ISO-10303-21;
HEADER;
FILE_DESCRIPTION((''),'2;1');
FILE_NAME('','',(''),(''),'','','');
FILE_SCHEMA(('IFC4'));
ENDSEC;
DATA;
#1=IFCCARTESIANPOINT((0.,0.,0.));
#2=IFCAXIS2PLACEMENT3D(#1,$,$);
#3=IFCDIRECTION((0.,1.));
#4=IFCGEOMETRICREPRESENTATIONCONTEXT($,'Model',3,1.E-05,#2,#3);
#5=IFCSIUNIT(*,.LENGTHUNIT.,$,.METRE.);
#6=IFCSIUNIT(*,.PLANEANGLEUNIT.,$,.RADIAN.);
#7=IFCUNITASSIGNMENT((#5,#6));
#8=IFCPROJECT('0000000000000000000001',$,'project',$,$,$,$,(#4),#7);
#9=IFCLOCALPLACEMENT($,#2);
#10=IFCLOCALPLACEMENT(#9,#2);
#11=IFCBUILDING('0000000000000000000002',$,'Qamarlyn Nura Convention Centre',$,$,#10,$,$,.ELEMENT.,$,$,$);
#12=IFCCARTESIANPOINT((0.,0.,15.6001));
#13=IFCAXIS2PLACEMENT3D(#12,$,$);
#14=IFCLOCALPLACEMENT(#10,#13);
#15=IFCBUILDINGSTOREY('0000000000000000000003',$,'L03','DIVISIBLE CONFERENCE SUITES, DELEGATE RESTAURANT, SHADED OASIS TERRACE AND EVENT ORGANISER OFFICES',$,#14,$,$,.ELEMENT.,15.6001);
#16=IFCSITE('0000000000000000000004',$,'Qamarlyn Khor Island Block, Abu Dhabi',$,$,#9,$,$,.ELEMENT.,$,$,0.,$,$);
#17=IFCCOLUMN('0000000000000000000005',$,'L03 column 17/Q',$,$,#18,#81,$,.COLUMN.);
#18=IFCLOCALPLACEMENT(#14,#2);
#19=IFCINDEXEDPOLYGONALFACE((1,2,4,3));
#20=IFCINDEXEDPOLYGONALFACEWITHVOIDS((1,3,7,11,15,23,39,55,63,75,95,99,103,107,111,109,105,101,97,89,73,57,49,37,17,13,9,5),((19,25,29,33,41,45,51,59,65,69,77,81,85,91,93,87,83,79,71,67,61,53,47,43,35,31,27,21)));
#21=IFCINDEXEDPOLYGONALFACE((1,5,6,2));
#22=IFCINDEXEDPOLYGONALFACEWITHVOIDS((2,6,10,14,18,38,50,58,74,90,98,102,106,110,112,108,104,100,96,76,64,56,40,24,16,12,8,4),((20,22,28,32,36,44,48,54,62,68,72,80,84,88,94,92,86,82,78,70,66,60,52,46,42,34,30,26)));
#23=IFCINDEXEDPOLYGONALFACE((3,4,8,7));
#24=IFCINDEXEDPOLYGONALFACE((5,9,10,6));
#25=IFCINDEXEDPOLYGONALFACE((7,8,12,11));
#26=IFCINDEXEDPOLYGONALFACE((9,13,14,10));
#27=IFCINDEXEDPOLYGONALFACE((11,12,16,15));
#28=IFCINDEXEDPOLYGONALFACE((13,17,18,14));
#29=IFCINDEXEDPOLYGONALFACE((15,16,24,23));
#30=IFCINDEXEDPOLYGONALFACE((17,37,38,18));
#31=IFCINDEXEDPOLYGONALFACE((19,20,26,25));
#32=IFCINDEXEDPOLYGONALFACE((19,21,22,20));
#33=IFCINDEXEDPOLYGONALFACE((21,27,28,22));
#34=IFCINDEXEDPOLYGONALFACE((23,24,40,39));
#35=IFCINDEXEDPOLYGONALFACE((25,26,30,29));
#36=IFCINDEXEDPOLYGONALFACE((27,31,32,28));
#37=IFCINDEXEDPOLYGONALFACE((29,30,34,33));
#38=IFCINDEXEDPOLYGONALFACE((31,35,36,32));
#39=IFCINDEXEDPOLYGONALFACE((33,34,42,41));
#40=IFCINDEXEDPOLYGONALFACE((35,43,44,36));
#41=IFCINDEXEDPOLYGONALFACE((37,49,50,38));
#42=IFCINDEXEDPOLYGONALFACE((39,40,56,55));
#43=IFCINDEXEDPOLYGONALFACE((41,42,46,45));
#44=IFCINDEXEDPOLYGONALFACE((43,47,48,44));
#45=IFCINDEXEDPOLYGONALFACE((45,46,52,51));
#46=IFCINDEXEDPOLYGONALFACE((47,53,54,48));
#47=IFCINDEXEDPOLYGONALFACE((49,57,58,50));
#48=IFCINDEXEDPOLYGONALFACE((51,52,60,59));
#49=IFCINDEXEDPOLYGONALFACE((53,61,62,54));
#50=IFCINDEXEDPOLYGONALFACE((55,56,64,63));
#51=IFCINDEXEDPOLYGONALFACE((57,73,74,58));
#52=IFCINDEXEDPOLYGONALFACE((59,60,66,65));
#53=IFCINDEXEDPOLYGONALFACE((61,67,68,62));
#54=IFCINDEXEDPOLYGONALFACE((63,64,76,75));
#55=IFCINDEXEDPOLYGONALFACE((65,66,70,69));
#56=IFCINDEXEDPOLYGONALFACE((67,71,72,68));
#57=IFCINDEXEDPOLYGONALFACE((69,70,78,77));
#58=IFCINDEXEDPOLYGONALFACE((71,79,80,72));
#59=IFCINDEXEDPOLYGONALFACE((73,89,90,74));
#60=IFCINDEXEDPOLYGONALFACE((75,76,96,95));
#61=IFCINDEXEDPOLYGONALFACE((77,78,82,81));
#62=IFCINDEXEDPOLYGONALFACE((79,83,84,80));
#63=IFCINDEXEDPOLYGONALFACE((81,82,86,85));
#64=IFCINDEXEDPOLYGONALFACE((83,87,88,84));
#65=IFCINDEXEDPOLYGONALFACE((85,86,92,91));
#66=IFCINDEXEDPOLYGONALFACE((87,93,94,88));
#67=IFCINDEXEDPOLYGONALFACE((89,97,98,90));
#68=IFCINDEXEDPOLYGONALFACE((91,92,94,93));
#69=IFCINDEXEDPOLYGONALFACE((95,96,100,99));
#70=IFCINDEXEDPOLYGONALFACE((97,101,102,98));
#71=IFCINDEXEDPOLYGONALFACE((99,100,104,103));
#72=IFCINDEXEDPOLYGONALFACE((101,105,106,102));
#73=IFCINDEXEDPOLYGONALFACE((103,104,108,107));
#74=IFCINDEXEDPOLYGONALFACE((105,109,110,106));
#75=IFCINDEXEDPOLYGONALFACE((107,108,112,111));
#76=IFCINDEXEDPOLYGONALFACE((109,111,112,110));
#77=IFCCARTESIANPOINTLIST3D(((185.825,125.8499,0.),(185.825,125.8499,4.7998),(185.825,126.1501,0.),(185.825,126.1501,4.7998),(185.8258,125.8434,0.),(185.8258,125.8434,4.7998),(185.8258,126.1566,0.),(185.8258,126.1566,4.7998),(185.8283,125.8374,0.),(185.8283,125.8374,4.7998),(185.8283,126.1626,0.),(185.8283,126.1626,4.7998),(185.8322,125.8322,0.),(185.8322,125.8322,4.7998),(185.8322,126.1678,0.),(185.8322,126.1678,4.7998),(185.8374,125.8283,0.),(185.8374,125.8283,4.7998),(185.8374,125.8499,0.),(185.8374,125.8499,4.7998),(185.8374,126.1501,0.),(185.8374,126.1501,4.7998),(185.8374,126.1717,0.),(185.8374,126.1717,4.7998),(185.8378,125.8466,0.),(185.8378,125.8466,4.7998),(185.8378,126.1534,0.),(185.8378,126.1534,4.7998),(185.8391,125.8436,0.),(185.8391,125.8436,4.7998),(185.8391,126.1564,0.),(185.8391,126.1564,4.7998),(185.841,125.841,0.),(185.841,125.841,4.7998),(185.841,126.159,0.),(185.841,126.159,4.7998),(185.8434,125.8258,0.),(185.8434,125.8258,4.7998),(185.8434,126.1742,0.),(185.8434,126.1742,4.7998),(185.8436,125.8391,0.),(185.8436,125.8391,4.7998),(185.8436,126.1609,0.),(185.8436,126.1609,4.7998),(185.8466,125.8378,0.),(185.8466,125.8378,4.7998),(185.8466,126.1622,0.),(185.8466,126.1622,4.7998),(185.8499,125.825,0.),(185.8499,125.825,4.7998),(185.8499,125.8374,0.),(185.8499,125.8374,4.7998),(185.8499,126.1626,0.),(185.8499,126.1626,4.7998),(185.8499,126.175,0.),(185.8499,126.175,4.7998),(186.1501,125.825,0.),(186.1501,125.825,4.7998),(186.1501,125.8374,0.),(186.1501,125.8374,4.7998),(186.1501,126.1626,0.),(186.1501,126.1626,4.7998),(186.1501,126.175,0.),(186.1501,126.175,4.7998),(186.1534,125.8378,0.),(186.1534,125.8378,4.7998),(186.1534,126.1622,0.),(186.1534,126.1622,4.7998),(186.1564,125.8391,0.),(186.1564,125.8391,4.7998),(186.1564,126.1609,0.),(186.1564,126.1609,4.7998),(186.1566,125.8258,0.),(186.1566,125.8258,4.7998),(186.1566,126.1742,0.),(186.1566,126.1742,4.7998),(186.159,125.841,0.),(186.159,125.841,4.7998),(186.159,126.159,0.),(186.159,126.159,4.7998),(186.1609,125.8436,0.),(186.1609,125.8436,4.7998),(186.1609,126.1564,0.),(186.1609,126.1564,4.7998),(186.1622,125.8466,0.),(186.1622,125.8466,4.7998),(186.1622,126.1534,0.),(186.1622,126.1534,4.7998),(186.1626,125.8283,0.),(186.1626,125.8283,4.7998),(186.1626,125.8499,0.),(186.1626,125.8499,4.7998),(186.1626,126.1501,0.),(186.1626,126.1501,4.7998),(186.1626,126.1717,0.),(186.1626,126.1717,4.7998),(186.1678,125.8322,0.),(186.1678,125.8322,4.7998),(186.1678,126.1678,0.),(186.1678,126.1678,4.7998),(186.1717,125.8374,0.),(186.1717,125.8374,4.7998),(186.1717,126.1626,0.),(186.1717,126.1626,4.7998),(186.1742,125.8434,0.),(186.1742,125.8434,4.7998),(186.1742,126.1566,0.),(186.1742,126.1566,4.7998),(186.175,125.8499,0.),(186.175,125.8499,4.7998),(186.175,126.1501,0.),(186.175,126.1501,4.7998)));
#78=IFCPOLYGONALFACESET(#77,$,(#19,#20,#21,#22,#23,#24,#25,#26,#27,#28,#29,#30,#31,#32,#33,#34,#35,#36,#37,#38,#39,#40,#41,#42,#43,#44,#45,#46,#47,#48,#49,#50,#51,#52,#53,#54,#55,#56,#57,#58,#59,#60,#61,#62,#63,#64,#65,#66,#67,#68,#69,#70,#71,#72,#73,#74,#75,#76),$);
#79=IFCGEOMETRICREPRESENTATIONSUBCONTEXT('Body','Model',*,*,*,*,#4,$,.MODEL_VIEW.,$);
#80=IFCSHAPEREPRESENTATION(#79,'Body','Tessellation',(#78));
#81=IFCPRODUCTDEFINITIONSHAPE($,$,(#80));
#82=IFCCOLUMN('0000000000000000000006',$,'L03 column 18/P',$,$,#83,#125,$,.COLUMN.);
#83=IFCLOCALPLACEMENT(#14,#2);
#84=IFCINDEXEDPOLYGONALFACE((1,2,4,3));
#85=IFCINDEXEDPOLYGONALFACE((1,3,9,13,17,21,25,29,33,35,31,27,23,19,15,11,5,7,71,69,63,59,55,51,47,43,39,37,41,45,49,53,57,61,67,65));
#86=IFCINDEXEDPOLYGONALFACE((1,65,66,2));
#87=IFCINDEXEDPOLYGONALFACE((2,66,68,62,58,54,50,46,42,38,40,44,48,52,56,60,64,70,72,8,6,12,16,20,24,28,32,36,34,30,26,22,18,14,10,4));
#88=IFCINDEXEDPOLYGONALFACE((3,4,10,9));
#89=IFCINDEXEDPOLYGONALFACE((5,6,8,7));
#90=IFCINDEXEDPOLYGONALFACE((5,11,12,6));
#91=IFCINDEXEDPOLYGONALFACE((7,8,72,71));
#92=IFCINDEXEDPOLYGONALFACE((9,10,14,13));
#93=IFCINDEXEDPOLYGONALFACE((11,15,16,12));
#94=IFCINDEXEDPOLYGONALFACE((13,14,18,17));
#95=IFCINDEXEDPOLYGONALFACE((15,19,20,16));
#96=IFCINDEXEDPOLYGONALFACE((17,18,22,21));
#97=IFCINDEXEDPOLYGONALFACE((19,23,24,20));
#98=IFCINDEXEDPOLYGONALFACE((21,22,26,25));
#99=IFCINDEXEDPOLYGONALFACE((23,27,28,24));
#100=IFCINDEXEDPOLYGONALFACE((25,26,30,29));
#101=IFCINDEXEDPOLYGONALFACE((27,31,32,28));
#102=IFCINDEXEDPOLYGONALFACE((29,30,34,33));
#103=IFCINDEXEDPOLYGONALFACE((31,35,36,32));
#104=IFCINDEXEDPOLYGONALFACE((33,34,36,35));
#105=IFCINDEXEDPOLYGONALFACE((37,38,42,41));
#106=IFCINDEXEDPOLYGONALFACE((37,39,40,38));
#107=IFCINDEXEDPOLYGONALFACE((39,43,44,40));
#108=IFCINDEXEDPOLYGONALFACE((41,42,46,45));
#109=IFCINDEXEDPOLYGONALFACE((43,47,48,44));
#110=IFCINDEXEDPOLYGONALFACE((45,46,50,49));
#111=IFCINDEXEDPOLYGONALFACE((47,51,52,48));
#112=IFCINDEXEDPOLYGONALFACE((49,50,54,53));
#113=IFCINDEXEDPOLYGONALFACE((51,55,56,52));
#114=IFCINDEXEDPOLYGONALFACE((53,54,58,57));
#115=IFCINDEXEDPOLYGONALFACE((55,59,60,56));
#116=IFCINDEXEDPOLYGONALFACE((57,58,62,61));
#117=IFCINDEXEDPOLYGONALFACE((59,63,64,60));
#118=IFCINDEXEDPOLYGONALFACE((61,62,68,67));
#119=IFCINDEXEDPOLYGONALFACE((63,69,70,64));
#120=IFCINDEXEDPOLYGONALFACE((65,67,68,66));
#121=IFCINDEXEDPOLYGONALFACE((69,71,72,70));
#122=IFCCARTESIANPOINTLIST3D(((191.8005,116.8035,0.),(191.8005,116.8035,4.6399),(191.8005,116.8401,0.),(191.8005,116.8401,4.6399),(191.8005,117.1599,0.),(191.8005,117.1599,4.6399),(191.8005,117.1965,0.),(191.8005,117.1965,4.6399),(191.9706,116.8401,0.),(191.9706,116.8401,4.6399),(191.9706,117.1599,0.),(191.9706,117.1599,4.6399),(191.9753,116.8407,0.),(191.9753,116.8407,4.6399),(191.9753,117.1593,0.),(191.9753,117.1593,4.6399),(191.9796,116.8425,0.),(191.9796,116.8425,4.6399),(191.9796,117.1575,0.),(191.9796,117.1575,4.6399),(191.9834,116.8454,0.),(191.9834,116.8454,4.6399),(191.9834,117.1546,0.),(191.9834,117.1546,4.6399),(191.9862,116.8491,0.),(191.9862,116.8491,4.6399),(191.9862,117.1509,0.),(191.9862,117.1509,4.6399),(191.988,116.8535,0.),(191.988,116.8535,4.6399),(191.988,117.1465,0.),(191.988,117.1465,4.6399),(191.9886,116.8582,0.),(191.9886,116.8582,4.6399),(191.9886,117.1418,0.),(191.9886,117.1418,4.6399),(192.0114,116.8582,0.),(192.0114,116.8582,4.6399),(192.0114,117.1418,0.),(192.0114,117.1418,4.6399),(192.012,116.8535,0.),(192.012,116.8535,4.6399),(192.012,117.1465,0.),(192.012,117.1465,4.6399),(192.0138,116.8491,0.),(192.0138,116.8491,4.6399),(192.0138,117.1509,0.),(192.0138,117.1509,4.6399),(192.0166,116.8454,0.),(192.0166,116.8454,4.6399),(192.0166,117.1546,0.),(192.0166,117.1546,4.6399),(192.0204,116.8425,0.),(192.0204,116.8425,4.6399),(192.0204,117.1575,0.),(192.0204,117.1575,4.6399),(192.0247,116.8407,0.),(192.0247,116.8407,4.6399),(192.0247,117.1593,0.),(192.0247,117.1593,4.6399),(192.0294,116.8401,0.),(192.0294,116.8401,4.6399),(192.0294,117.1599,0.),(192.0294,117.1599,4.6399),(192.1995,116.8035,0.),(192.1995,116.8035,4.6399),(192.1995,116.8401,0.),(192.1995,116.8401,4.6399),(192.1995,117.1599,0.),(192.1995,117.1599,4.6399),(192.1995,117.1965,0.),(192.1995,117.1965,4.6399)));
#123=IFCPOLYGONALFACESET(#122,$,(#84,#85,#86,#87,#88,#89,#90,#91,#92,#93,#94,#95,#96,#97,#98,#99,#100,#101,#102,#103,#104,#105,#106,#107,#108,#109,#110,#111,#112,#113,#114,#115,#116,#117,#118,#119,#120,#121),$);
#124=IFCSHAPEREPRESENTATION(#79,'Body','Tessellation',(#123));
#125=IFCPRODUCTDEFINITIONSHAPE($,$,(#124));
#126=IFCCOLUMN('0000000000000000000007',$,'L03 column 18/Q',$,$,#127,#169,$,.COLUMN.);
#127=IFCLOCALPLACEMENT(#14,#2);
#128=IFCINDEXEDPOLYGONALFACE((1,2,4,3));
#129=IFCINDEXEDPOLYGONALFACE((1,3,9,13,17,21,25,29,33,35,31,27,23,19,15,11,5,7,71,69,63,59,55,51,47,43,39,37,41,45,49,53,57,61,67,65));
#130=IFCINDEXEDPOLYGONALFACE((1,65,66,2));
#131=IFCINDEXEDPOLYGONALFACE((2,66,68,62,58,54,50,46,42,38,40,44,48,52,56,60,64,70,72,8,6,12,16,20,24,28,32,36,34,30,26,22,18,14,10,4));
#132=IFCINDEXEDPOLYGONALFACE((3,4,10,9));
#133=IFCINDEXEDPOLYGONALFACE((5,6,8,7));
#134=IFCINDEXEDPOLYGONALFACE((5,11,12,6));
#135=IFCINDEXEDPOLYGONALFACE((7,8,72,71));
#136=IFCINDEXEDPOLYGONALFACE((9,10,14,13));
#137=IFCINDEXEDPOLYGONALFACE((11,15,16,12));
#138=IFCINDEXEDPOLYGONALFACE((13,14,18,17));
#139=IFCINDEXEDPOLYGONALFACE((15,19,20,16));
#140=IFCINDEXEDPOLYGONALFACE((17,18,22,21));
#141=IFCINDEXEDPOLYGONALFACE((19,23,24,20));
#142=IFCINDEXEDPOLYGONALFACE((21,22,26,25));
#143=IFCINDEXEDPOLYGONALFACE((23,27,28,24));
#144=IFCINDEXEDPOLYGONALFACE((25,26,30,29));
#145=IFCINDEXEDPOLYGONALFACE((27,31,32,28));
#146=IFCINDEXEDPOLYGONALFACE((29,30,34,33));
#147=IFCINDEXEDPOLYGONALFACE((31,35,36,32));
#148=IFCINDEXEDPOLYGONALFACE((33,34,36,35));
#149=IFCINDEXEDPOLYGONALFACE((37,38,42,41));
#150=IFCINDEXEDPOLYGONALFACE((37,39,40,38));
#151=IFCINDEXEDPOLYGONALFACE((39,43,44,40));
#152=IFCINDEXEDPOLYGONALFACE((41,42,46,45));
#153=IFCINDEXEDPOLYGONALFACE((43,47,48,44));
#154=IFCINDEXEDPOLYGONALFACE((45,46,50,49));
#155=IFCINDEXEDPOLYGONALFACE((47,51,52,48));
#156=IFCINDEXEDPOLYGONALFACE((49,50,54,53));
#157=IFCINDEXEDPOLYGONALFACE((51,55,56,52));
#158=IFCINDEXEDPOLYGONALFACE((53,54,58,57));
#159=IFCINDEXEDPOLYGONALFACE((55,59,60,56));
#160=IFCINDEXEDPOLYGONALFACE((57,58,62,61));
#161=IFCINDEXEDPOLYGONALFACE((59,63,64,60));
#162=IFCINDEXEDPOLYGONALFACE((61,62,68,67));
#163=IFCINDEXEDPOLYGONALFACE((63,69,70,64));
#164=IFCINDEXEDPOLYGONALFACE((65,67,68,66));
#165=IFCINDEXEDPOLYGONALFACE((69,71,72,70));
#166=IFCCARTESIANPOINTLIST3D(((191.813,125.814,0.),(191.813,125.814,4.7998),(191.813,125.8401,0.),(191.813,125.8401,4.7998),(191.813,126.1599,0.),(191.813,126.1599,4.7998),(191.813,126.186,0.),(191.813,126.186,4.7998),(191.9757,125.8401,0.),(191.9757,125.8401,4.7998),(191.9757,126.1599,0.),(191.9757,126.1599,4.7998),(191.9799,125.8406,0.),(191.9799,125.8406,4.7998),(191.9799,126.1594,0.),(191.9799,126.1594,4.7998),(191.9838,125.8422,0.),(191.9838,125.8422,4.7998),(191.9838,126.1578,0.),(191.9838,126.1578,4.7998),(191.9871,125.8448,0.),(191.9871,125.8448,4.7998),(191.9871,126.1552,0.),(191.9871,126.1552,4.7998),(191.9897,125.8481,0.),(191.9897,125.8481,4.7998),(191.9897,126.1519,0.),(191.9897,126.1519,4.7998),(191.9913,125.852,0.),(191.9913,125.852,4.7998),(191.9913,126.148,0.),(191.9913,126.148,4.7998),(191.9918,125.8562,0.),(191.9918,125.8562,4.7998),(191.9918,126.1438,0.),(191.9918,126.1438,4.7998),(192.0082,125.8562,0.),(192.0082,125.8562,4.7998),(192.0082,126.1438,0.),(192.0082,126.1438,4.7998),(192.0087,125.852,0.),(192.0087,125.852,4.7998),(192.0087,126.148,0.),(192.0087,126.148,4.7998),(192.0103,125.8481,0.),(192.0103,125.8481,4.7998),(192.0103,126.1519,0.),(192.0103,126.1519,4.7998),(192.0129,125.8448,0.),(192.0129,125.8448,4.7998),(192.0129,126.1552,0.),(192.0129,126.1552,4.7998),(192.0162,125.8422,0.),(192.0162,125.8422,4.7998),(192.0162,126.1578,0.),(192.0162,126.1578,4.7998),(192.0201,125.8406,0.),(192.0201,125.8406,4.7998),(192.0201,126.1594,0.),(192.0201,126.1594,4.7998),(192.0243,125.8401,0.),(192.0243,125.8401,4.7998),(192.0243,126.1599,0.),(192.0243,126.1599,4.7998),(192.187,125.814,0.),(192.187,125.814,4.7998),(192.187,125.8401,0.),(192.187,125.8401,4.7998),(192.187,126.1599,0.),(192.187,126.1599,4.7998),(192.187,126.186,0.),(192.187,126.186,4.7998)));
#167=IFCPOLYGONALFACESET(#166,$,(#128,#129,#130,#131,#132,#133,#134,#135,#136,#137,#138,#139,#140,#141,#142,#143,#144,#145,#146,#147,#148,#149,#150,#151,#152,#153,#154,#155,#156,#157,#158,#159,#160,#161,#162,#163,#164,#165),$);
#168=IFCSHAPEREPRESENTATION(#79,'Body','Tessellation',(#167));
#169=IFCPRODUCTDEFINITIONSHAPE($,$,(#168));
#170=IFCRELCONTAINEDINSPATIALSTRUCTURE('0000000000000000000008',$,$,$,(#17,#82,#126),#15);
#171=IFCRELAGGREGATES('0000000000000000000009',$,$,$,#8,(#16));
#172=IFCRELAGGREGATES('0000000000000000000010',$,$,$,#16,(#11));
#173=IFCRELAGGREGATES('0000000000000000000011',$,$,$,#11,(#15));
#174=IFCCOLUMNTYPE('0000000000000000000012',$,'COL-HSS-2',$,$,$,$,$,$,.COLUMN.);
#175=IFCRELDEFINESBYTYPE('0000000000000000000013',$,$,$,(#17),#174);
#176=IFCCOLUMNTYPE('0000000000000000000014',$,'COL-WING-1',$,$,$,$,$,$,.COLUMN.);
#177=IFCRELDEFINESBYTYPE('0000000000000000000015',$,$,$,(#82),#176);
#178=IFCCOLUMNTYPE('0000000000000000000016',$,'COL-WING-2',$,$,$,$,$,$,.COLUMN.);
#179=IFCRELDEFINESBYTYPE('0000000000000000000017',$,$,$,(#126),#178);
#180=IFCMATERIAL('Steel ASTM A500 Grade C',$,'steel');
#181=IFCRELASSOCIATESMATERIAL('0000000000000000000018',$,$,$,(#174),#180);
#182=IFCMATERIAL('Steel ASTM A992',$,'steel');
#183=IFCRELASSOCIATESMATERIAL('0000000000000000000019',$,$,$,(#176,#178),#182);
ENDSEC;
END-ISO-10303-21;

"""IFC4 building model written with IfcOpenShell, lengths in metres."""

from ifc_helpers import new_model, si_unit, direction, frame, origin, origin_2d, place, context, subcontext, project, spatial, hollow_rectangle, i_section, extrude, material, material_profile, profile_set, type_object, element, save


model = new_model("IFC4")

# Units and contexts
model_context = context("Model", 3, precision=1e-05, world=origin(), true_north=direction((0.0, 1.0)))
body_context = subcontext(model_context, "Body", "Model", "MODEL_VIEW")
ifc_project = project(units=[si_unit("LENGTHUNIT", "METRE"), si_unit("PLANEANGLEUNIT", "RADIAN")], contexts=[model_context])

# Site, building, storey
site_placement = place(None, origin())
site = spatial("IfcSite", under=ifc_project, at=site_placement, Name="Qamarlyn Khor Island Block, Abu Dhabi", CompositionType="ELEMENT", RefElevation=0.0)
building_placement = place(site_placement, origin())
building = spatial("IfcBuilding", under=site, at=building_placement, Name="Qamarlyn Nura Convention Centre", CompositionType="ELEMENT")
storey_placement = place(building_placement, frame((0.0, 0.0, 15.6001)))
storey = spatial("IfcBuildingStorey", under=building, at=storey_placement, Name="L03", Description="DIVISIBLE CONFERENCE SUITES, DELEGATE RESTAURANT, SHADED OASIS TERRACE AND EVENT ORGANISER OFFICES", CompositionType="ELEMENT", Elevation=15.6001)

# Columns
ifc_material_1 = material(Name="Steel ASTM A500 Grade C", Category="steel")
ifc_material_profile_1 = material_profile(ifc_material_1, hollow_rectangle(XDim=0.3501, YDim=0.3501, WallThickness=0.0125, InnerFilletRadius=0.0125, OuterFilletRadius=0.0249, at=origin_2d()), Name="HSS350X350X12.5")
ifc_profile_set_1 = profile_set([ifc_material_profile_1], Name="Steel ASTM A500 Grade C")
column_type_1 = type_object("IfcColumnType", Name="COL-HSS-2", PredefinedType="COLUMN", material=ifc_profile_set_1)
column_1_placement = place(storey_placement, frame((186.0, 126.0, 0.0), z_axis=(0.0, 0.0, 1.0), x_axis=(1.0, 0.0, 0.0)))
element("IfcColumn", 1, at=column_1_placement, inside=storey, type_object=column_type_1, Name="L03 column 17/Q", PredefinedType="COLUMN", context=body_context, shape_type="SweptSolid", body=[
    extrude(hollow_rectangle(XDim=0.3501, YDim=0.3501, WallThickness=0.0125, InnerFilletRadius=0.0125, OuterFilletRadius=0.0249, at=origin_2d()), origin(), (0.0, 0.0, 1.0), 4.7998),
])
ifc_material_2 = material(Name="Steel ASTM A992", Category="steel")
ifc_material_profile_2 = material_profile(ifc_material_2, i_section(OverallWidth=0.3989, OverallDepth=0.3931, WebThickness=0.0227, FlangeThickness=0.0366, FilletRadius=0.0181, at=origin_2d()), Name="W360X287")
ifc_profile_set_2 = profile_set([ifc_material_profile_2], Name="Steel ASTM A992")
column_type_2 = type_object("IfcColumnType", Name="COL-WING-1", PredefinedType="COLUMN", material=ifc_profile_set_2)
column_2_placement = place(storey_placement, frame((192.0, 117.0, 0.0), z_axis=(0.0, 0.0, 1.0), x_axis=(1.0, 0.0, 0.0)))
element("IfcColumn", 2, at=column_2_placement, inside=storey, type_object=column_type_2, Name="L03 column 18/P", PredefinedType="COLUMN", context=body_context, shape_type="SweptSolid", body=[
    extrude(i_section(OverallWidth=0.3989, OverallDepth=0.3931, WebThickness=0.0227, FlangeThickness=0.0366, FilletRadius=0.0181, at=origin_2d()), origin(), (0.0, 0.0, 1.0), 4.6399),
])
ifc_material_profile_3 = material_profile(ifc_material_2, i_section(OverallWidth=0.374, OverallDepth=0.3721, WebThickness=0.0164, FlangeThickness=0.0261, FilletRadius=0.0161, at=origin_2d()), Name="W360X196")
ifc_profile_set_3 = profile_set([ifc_material_profile_3], Name="Steel ASTM A992")
column_type_3 = type_object("IfcColumnType", Name="COL-WING-2", PredefinedType="COLUMN", material=ifc_profile_set_3)
column_3_placement = place(storey_placement, frame((192.0, 126.0, 0.0), z_axis=(0.0, 0.0, 1.0), x_axis=(1.0, 0.0, 0.0)))
element("IfcColumn", 3, at=column_3_placement, inside=storey, type_object=column_type_3, Name="L03 column 18/Q", PredefinedType="COLUMN", context=body_context, shape_type="SweptSolid", body=[
    extrude(i_section(OverallWidth=0.374, OverallDepth=0.3721, WebThickness=0.0164, FlangeThickness=0.0261, FilletRadius=0.0161, at=origin_2d()), origin(), (0.0, 0.0, 1.0), 4.7998),
])

save(model, "model.ifc")
